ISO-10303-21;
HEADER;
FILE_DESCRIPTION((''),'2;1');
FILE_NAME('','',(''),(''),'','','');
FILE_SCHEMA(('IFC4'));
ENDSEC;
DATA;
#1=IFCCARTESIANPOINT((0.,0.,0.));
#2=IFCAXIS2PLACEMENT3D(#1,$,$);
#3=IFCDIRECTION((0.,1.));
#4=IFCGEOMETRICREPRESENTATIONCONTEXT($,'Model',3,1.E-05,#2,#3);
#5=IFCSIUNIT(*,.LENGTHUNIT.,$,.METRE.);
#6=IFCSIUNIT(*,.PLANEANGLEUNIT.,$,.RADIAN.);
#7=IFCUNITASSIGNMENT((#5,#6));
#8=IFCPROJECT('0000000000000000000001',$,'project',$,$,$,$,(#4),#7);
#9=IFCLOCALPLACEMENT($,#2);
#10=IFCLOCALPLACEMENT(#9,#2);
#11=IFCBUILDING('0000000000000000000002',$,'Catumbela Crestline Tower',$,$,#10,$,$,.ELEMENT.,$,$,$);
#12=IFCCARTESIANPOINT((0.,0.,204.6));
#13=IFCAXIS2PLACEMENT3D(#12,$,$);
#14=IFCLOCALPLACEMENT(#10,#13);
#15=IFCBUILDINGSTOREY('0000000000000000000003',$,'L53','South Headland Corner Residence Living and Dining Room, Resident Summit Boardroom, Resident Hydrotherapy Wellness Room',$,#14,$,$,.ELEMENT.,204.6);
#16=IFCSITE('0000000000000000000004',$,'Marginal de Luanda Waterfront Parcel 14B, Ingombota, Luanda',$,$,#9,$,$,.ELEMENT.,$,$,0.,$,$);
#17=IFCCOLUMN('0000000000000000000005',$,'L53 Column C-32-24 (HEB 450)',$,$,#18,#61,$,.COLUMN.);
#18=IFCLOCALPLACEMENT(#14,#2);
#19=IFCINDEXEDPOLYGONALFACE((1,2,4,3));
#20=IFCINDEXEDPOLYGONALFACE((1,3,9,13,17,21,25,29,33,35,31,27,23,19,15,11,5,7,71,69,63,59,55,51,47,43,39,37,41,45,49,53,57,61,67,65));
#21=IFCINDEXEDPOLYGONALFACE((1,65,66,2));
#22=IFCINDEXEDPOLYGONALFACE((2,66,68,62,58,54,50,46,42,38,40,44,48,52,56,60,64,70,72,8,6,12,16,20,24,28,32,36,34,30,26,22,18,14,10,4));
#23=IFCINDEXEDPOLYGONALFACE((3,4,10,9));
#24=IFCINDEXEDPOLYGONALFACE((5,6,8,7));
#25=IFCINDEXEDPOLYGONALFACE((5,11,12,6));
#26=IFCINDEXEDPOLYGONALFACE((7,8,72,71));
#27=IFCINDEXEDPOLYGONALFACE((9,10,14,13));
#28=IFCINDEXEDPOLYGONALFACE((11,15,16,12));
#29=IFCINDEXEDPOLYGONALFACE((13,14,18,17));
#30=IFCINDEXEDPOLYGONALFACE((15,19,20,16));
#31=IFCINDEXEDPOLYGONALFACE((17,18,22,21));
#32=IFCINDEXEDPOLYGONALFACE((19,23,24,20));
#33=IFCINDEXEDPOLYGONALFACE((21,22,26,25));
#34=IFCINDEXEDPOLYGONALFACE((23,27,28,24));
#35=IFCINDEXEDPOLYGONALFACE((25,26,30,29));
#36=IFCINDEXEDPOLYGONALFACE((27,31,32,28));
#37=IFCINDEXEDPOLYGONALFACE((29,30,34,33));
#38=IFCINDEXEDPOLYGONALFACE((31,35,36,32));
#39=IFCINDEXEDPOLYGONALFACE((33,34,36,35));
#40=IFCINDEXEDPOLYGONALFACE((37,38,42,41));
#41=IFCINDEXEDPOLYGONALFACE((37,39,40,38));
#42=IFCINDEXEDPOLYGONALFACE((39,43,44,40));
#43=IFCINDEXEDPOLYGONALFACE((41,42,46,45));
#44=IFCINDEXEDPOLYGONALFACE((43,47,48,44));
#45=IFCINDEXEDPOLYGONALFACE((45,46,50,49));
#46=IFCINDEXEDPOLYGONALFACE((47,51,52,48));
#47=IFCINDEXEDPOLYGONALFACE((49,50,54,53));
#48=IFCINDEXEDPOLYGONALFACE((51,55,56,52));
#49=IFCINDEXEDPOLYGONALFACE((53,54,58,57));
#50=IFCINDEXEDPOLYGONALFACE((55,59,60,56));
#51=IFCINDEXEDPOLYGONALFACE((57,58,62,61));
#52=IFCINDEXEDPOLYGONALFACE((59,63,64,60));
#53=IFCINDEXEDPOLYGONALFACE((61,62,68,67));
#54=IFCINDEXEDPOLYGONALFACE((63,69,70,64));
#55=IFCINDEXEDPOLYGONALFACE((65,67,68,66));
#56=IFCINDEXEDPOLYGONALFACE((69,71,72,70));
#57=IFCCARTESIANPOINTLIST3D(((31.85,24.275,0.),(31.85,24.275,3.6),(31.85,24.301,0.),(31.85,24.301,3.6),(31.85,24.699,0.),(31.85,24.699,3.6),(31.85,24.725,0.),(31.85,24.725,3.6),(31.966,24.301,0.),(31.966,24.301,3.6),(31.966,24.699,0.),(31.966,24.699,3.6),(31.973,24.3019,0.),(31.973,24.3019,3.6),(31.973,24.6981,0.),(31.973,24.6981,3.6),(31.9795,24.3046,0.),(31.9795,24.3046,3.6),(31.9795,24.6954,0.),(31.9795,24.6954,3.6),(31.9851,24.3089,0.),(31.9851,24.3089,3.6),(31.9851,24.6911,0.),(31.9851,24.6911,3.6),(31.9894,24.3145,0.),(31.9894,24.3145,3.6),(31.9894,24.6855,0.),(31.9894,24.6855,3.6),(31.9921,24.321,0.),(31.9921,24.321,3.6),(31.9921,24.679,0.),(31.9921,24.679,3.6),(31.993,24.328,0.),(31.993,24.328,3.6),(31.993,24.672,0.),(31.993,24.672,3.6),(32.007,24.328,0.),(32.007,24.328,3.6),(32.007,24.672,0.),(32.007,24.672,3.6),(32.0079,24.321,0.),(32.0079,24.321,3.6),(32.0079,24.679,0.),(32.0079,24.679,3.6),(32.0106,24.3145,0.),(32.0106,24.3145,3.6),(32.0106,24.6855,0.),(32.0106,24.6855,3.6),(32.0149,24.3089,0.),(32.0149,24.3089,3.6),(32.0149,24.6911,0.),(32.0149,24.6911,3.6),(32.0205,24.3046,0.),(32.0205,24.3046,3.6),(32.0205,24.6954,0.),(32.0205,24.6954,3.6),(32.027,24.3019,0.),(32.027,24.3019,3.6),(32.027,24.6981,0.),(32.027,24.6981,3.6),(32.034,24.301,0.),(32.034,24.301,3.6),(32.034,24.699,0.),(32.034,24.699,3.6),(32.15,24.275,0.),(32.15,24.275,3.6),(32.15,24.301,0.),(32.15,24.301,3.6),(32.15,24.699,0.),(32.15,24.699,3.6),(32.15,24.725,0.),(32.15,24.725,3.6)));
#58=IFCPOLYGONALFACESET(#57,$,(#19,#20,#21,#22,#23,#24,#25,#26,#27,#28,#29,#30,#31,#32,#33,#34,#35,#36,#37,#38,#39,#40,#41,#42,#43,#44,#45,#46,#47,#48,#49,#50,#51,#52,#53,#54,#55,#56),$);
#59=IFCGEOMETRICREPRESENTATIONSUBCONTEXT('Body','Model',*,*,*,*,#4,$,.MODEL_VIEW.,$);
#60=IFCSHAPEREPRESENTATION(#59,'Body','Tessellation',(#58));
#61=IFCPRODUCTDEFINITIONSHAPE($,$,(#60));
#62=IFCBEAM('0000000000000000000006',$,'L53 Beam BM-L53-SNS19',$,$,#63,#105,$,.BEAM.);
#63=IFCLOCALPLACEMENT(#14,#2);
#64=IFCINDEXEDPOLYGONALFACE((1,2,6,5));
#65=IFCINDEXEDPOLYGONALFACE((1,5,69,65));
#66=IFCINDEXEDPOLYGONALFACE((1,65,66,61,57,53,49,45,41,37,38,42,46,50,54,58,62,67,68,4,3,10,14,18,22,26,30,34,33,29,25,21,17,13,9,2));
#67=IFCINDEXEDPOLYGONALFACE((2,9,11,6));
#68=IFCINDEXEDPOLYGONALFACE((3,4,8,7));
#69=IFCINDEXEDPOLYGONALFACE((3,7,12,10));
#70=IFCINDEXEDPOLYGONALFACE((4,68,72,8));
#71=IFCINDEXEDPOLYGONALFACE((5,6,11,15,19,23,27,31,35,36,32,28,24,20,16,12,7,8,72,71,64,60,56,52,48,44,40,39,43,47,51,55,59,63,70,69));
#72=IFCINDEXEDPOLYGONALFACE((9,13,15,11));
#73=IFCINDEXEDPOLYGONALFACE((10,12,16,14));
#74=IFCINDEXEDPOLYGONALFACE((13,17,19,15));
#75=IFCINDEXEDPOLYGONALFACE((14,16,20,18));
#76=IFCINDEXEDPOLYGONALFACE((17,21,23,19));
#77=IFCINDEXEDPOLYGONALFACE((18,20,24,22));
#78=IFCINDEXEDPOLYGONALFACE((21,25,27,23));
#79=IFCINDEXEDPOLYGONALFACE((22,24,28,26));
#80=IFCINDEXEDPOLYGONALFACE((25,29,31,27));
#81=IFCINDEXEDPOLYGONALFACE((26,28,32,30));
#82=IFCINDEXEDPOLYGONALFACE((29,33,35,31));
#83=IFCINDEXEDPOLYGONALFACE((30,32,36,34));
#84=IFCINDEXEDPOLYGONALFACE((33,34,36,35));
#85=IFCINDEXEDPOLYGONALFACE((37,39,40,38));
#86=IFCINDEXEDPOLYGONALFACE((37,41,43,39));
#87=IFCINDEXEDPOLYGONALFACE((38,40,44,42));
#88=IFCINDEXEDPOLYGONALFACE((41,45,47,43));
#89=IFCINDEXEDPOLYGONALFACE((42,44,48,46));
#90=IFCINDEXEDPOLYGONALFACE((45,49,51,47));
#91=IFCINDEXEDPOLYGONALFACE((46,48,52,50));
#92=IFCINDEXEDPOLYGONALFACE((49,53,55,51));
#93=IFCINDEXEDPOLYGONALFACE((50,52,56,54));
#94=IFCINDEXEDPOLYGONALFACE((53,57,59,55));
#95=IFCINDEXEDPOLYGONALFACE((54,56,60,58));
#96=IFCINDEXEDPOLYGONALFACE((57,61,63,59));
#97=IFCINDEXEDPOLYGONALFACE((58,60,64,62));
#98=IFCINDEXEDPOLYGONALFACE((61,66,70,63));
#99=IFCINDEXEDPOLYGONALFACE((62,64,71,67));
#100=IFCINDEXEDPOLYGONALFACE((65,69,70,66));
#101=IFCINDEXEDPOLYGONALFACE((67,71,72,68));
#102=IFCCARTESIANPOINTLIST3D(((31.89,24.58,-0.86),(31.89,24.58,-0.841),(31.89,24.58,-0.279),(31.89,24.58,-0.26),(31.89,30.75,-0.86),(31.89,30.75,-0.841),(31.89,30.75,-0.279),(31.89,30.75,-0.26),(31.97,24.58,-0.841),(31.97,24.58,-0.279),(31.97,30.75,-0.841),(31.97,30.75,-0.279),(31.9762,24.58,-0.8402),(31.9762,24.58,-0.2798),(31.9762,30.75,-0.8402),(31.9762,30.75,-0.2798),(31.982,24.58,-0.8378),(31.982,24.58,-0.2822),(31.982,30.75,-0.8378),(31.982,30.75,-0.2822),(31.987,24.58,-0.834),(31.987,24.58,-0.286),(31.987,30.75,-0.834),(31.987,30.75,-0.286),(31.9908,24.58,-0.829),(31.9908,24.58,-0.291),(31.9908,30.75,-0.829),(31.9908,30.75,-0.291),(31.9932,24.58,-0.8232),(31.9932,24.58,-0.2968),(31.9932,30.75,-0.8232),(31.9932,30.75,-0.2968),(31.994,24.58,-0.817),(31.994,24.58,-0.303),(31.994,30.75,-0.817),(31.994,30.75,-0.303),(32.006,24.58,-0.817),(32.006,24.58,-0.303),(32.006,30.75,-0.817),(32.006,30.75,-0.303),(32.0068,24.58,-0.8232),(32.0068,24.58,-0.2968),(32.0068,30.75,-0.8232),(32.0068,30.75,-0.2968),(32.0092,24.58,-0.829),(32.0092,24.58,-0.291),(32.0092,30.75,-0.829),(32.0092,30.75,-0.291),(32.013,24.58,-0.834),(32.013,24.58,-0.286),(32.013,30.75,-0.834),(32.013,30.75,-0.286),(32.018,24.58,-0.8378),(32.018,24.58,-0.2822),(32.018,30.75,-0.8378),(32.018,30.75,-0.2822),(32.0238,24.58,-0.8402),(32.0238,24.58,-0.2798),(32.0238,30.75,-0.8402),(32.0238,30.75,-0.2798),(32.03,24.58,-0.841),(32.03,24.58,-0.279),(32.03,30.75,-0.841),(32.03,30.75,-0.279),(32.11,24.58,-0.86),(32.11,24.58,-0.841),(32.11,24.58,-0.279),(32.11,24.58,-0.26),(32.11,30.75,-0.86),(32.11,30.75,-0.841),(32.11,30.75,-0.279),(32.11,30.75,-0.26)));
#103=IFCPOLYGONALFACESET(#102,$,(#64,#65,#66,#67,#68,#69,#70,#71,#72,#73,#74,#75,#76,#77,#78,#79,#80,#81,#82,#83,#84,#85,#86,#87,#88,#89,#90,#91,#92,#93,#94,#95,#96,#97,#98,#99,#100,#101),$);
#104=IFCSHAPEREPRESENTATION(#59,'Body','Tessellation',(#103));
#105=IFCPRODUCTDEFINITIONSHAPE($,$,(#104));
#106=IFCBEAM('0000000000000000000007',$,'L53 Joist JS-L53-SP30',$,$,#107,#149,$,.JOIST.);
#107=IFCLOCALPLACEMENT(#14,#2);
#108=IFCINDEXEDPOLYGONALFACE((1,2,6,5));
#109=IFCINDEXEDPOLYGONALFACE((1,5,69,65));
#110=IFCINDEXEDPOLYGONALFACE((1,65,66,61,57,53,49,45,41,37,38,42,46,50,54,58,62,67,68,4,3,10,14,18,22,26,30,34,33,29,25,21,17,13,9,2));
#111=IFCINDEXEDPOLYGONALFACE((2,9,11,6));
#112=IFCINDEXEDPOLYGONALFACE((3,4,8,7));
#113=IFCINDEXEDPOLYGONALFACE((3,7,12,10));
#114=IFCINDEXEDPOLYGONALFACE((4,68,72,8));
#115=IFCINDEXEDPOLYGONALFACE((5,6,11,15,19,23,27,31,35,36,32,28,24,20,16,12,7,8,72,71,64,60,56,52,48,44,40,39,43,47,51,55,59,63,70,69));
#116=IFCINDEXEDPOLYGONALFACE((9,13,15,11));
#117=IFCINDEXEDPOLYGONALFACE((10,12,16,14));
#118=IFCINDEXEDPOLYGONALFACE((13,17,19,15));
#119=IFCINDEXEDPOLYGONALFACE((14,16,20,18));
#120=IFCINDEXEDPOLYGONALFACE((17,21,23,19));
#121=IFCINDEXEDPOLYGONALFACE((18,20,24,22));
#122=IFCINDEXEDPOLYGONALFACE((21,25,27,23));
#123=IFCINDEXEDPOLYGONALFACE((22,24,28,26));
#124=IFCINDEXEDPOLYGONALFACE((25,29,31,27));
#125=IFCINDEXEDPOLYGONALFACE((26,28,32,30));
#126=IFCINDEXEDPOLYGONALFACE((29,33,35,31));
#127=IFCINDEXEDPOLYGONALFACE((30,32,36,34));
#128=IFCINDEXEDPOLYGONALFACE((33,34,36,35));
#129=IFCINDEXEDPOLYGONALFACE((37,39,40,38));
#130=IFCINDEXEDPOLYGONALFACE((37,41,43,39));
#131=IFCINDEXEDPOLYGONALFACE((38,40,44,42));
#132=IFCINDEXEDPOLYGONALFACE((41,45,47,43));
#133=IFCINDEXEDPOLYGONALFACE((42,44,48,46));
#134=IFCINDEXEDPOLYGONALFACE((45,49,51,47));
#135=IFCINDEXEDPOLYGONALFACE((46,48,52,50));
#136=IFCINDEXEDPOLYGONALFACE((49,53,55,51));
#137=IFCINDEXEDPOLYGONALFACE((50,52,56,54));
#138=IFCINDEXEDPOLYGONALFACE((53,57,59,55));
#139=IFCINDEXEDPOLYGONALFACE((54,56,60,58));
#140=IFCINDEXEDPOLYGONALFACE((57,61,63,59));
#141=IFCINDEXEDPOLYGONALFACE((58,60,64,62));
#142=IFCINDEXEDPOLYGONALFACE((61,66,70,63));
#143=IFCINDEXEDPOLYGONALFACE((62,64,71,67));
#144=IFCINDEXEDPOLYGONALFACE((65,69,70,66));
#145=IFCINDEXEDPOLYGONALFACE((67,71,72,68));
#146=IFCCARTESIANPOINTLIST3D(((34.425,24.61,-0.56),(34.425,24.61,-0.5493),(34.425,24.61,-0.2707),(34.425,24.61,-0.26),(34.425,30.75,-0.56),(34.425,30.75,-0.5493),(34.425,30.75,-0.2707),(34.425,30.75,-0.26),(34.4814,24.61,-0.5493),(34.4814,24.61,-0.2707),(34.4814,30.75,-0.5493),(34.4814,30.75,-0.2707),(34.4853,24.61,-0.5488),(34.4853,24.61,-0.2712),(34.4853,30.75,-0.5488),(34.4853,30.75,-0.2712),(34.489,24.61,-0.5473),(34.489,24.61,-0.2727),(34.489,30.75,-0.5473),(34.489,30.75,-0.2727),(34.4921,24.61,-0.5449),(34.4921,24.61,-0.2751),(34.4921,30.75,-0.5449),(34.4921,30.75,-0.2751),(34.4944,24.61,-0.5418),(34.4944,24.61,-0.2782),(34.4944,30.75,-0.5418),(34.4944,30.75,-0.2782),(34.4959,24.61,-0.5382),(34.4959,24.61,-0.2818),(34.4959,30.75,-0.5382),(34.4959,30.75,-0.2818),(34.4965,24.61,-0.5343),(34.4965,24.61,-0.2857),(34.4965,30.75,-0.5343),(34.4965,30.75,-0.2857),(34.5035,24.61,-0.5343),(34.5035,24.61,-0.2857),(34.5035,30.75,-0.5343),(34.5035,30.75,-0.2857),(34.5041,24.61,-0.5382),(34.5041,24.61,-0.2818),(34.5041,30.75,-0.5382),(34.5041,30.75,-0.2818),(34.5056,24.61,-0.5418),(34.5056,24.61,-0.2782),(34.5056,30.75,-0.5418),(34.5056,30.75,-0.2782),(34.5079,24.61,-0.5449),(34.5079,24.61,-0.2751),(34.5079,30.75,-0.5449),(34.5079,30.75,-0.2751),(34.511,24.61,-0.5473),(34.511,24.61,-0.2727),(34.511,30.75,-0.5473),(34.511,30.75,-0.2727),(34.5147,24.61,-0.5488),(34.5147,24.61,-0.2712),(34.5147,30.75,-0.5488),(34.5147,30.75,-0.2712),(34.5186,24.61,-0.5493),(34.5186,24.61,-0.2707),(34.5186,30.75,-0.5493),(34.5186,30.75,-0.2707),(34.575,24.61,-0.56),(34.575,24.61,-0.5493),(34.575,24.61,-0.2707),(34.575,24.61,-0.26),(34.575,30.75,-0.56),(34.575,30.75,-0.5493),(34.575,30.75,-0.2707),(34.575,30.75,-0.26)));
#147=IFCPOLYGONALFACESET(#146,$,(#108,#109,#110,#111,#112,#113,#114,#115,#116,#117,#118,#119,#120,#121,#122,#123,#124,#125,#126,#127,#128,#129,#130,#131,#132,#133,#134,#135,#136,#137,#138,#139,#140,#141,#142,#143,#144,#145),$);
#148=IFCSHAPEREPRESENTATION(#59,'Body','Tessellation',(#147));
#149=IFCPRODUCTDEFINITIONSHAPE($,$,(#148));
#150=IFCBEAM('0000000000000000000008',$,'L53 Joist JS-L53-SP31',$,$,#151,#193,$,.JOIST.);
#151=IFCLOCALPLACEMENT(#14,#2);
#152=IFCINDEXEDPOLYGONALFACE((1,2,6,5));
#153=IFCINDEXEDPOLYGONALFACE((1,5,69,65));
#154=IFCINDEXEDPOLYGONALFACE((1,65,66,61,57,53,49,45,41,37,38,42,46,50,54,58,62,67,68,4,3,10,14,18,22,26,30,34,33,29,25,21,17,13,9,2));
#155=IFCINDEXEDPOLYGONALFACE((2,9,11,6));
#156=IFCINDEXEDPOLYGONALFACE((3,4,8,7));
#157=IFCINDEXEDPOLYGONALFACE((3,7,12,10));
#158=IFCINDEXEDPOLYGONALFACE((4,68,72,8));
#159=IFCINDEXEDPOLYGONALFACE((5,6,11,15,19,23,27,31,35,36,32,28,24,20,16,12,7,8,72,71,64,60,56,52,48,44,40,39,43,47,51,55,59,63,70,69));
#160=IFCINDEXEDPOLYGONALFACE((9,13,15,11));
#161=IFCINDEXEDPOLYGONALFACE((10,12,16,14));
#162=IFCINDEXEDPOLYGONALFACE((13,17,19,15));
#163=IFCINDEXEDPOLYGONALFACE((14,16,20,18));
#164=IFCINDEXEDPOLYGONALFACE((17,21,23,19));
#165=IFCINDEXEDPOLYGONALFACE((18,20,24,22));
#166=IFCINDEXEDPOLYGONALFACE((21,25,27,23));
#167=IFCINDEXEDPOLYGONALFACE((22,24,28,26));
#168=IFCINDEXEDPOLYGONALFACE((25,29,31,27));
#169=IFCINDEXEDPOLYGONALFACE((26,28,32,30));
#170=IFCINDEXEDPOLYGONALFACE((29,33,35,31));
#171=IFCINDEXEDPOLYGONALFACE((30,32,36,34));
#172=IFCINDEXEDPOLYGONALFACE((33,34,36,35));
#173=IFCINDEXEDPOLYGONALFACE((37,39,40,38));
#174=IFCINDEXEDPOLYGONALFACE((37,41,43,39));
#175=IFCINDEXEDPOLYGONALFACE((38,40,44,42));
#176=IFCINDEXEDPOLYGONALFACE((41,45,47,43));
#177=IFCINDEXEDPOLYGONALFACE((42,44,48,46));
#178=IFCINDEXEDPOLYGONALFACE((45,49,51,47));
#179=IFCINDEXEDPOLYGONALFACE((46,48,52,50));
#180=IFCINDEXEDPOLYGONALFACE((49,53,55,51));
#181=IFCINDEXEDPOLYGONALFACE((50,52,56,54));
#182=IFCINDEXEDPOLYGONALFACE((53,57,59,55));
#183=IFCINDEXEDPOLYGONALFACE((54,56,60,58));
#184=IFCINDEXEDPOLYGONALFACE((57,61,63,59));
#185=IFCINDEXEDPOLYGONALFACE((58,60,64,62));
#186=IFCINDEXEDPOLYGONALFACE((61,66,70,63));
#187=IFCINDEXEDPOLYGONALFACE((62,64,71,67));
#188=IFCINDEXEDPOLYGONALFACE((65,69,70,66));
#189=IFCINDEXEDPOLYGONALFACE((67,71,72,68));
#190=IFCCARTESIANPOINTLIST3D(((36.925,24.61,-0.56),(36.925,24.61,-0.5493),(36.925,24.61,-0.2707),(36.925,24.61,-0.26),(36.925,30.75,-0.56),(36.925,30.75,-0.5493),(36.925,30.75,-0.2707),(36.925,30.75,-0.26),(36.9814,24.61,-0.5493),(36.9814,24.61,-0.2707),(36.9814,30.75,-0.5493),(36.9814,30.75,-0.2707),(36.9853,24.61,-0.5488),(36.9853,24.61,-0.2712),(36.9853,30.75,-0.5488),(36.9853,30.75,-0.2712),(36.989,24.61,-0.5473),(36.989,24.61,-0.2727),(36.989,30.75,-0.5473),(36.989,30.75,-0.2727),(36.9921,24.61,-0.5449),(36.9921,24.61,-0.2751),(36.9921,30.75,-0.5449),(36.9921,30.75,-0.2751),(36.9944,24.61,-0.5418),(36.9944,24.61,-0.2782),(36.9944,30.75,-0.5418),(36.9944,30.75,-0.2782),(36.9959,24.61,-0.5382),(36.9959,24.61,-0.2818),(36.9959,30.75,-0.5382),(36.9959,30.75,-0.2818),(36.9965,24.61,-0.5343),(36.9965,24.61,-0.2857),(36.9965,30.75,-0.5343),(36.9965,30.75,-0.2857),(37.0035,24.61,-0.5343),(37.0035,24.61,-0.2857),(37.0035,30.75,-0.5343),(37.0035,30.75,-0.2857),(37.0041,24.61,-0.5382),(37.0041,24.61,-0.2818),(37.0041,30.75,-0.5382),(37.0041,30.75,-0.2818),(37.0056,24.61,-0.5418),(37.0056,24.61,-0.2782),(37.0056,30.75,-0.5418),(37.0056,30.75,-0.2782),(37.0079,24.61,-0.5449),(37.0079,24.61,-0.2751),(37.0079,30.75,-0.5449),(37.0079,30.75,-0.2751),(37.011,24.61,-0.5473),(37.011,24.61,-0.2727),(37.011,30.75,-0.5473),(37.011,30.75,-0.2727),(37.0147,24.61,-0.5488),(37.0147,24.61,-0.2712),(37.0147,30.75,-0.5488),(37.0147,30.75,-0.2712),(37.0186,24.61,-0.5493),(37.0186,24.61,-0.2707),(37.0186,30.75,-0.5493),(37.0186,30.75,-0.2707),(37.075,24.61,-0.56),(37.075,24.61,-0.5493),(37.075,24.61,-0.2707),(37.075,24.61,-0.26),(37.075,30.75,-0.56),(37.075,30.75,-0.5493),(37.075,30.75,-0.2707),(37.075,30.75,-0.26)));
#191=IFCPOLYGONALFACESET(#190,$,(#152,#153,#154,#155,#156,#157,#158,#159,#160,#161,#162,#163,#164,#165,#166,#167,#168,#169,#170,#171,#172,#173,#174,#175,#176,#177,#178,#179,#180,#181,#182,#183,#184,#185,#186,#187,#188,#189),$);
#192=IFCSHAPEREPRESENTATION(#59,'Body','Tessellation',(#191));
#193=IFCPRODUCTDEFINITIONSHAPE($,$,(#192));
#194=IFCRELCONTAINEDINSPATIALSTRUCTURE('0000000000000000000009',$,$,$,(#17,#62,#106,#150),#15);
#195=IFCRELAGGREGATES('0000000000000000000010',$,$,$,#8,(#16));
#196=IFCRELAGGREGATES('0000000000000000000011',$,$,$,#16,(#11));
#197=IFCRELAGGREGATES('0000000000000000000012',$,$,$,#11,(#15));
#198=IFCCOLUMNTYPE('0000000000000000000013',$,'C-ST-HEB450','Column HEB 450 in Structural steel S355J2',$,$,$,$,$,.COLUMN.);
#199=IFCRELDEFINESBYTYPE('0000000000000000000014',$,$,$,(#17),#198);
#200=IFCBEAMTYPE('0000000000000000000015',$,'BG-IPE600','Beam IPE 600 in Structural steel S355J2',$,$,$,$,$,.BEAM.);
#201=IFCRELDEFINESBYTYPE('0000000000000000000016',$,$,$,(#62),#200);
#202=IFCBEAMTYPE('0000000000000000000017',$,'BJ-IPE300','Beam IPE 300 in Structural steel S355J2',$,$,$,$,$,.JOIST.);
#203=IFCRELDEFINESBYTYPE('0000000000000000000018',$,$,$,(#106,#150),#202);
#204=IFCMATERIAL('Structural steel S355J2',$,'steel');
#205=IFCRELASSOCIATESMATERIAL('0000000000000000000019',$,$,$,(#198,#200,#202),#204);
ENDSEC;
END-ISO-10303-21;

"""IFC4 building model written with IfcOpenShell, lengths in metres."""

from ifc_helpers import new_model, si_unit, direction, frame, origin, origin_2d, place, context, subcontext, project, spatial, i_section, extrude, material, material_profile, profile_set, type_object, element, save


model = new_model("IFC4")

# Units and contexts
model_context = context("Model", 3, precision=1e-05, world=origin(), true_north=direction((0.0, 1.0)))
body_context = subcontext(model_context, "Body", "Model", "MODEL_VIEW")
ifc_project = project(units=[si_unit("LENGTHUNIT", "METRE"), si_unit("PLANEANGLEUNIT", "RADIAN")], contexts=[model_context])

# Site, building, storey
site_placement = place(None, origin())
site = spatial("IfcSite", under=ifc_project, at=site_placement, Name="Marginal de Luanda Waterfront Parcel 14B, Ingombota, Luanda", CompositionType="ELEMENT", RefElevation=0.0)
building_placement = place(site_placement, origin())
building = spatial("IfcBuilding", under=site, at=building_placement, Name="Catumbela Crestline Tower", CompositionType="ELEMENT")
storey_placement = place(building_placement, frame((0.0, 0.0, 204.6)))
storey = spatial("IfcBuildingStorey", under=building, at=storey_placement, Name="L53", Description="South Headland Corner Residence Living and Dining Room, Resident Summit Boardroom, Resident Hydrotherapy Wellness Room", CompositionType="ELEMENT", Elevation=204.6)

# Column
ifc_material_1 = material(Name="Structural steel S355J2", Category="steel")
ifc_material_profile_1 = material_profile(ifc_material_1, i_section(OverallWidth=0.3, OverallDepth=0.45, WebThickness=0.014, FlangeThickness=0.026, FilletRadius=0.027, at=origin_2d()), Name="HEB 450")
ifc_profile_set_1 = profile_set([ifc_material_profile_1], Name="Structural steel S355J2")
column_type = type_object("IfcColumnType", Name="C-ST-HEB450", Description="Column HEB 450 in Structural steel S355J2", PredefinedType="COLUMN", material=ifc_profile_set_1)
column_placement = place(storey_placement, frame((32.0, 24.5, 0.0), z_axis=(0.0, 0.0, 1.0), x_axis=(1.0, 0.0, 0.0)))
element("IfcColumn", 1, at=column_placement, inside=storey, type_object=column_type, Name="L53 Column C-32-24 (HEB 450)", PredefinedType="COLUMN", context=body_context, shape_type="SweptSolid", body=[
    extrude(i_section(OverallWidth=0.3, OverallDepth=0.45, WebThickness=0.014, FlangeThickness=0.026, FilletRadius=0.027, at=origin_2d()), origin(), (0.0, 0.0, 1.0), 3.6),
])

# Beams
ifc_material_profile_2 = material_profile(ifc_material_1, i_section(OverallWidth=0.22, OverallDepth=0.6, WebThickness=0.012, FlangeThickness=0.019, FilletRadius=0.024, at=origin_2d()), Name="IPE 600")
ifc_profile_set_2 = profile_set([ifc_material_profile_2], Name="Structural steel S355J2")
beam_type_1 = type_object("IfcBeamType", Name="BG-IPE600", Description="Beam IPE 600 in Structural steel S355J2", PredefinedType="BEAM", material=ifc_profile_set_2)
beam_1_placement = place(storey_placement, frame((32.0, 24.58, -0.56), z_axis=(0.0, 1.0, 0.0), x_axis=(-1.0, 0.0, 0.0)))
element("IfcBeam", 2, at=beam_1_placement, inside=storey, type_object=beam_type_1, Name="L53 Beam BM-L53-SNS19", PredefinedType="BEAM", context=body_context, shape_type="SweptSolid", body=[
    extrude(i_section(OverallWidth=0.22, OverallDepth=0.6, WebThickness=0.012, FlangeThickness=0.019, FilletRadius=0.024, at=origin_2d()), origin(), (0.0, 0.0, 1.0), 6.17),
])
ifc_material_profile_3 = material_profile(ifc_material_1, i_section(OverallWidth=0.15, OverallDepth=0.3, WebThickness=0.0071, FlangeThickness=0.0107, FilletRadius=0.015, at=origin_2d()), Name="IPE 300")
ifc_profile_set_3 = profile_set([ifc_material_profile_3], Name="Structural steel S355J2")
beam_type_2 = type_object("IfcBeamType", Name="BJ-IPE300", Description="Beam IPE 300 in Structural steel S355J2", PredefinedType="JOIST", material=ifc_profile_set_3)
for number, where, z_axis, x_axis, name in (
    (3, (34.5, 24.61, -0.41), (0.0, 1.0, 0.0), (-1.0, 0.0, 0.0), "L53 Joist JS-L53-SP30"),
    (4, (37.0, 24.61, -0.41), (0.0, 1.0, 0.0), (-1.0, 0.0, 0.0), "L53 Joist JS-L53-SP31"),
):
    element("IfcBeam", number, at=place(storey_placement, frame(where, z_axis=z_axis, x_axis=x_axis)), inside=storey, type_object=beam_type_2, Name=name, PredefinedType="JOIST", context=body_context, shape_type="SweptSolid", body=[
        extrude(i_section(OverallWidth=0.15, OverallDepth=0.3, WebThickness=0.0071, FlangeThickness=0.0107, FilletRadius=0.015, at=origin_2d()), origin(), (0.0, 0.0, 1.0), 6.14),
    ])

save(model, "model.ifc")
